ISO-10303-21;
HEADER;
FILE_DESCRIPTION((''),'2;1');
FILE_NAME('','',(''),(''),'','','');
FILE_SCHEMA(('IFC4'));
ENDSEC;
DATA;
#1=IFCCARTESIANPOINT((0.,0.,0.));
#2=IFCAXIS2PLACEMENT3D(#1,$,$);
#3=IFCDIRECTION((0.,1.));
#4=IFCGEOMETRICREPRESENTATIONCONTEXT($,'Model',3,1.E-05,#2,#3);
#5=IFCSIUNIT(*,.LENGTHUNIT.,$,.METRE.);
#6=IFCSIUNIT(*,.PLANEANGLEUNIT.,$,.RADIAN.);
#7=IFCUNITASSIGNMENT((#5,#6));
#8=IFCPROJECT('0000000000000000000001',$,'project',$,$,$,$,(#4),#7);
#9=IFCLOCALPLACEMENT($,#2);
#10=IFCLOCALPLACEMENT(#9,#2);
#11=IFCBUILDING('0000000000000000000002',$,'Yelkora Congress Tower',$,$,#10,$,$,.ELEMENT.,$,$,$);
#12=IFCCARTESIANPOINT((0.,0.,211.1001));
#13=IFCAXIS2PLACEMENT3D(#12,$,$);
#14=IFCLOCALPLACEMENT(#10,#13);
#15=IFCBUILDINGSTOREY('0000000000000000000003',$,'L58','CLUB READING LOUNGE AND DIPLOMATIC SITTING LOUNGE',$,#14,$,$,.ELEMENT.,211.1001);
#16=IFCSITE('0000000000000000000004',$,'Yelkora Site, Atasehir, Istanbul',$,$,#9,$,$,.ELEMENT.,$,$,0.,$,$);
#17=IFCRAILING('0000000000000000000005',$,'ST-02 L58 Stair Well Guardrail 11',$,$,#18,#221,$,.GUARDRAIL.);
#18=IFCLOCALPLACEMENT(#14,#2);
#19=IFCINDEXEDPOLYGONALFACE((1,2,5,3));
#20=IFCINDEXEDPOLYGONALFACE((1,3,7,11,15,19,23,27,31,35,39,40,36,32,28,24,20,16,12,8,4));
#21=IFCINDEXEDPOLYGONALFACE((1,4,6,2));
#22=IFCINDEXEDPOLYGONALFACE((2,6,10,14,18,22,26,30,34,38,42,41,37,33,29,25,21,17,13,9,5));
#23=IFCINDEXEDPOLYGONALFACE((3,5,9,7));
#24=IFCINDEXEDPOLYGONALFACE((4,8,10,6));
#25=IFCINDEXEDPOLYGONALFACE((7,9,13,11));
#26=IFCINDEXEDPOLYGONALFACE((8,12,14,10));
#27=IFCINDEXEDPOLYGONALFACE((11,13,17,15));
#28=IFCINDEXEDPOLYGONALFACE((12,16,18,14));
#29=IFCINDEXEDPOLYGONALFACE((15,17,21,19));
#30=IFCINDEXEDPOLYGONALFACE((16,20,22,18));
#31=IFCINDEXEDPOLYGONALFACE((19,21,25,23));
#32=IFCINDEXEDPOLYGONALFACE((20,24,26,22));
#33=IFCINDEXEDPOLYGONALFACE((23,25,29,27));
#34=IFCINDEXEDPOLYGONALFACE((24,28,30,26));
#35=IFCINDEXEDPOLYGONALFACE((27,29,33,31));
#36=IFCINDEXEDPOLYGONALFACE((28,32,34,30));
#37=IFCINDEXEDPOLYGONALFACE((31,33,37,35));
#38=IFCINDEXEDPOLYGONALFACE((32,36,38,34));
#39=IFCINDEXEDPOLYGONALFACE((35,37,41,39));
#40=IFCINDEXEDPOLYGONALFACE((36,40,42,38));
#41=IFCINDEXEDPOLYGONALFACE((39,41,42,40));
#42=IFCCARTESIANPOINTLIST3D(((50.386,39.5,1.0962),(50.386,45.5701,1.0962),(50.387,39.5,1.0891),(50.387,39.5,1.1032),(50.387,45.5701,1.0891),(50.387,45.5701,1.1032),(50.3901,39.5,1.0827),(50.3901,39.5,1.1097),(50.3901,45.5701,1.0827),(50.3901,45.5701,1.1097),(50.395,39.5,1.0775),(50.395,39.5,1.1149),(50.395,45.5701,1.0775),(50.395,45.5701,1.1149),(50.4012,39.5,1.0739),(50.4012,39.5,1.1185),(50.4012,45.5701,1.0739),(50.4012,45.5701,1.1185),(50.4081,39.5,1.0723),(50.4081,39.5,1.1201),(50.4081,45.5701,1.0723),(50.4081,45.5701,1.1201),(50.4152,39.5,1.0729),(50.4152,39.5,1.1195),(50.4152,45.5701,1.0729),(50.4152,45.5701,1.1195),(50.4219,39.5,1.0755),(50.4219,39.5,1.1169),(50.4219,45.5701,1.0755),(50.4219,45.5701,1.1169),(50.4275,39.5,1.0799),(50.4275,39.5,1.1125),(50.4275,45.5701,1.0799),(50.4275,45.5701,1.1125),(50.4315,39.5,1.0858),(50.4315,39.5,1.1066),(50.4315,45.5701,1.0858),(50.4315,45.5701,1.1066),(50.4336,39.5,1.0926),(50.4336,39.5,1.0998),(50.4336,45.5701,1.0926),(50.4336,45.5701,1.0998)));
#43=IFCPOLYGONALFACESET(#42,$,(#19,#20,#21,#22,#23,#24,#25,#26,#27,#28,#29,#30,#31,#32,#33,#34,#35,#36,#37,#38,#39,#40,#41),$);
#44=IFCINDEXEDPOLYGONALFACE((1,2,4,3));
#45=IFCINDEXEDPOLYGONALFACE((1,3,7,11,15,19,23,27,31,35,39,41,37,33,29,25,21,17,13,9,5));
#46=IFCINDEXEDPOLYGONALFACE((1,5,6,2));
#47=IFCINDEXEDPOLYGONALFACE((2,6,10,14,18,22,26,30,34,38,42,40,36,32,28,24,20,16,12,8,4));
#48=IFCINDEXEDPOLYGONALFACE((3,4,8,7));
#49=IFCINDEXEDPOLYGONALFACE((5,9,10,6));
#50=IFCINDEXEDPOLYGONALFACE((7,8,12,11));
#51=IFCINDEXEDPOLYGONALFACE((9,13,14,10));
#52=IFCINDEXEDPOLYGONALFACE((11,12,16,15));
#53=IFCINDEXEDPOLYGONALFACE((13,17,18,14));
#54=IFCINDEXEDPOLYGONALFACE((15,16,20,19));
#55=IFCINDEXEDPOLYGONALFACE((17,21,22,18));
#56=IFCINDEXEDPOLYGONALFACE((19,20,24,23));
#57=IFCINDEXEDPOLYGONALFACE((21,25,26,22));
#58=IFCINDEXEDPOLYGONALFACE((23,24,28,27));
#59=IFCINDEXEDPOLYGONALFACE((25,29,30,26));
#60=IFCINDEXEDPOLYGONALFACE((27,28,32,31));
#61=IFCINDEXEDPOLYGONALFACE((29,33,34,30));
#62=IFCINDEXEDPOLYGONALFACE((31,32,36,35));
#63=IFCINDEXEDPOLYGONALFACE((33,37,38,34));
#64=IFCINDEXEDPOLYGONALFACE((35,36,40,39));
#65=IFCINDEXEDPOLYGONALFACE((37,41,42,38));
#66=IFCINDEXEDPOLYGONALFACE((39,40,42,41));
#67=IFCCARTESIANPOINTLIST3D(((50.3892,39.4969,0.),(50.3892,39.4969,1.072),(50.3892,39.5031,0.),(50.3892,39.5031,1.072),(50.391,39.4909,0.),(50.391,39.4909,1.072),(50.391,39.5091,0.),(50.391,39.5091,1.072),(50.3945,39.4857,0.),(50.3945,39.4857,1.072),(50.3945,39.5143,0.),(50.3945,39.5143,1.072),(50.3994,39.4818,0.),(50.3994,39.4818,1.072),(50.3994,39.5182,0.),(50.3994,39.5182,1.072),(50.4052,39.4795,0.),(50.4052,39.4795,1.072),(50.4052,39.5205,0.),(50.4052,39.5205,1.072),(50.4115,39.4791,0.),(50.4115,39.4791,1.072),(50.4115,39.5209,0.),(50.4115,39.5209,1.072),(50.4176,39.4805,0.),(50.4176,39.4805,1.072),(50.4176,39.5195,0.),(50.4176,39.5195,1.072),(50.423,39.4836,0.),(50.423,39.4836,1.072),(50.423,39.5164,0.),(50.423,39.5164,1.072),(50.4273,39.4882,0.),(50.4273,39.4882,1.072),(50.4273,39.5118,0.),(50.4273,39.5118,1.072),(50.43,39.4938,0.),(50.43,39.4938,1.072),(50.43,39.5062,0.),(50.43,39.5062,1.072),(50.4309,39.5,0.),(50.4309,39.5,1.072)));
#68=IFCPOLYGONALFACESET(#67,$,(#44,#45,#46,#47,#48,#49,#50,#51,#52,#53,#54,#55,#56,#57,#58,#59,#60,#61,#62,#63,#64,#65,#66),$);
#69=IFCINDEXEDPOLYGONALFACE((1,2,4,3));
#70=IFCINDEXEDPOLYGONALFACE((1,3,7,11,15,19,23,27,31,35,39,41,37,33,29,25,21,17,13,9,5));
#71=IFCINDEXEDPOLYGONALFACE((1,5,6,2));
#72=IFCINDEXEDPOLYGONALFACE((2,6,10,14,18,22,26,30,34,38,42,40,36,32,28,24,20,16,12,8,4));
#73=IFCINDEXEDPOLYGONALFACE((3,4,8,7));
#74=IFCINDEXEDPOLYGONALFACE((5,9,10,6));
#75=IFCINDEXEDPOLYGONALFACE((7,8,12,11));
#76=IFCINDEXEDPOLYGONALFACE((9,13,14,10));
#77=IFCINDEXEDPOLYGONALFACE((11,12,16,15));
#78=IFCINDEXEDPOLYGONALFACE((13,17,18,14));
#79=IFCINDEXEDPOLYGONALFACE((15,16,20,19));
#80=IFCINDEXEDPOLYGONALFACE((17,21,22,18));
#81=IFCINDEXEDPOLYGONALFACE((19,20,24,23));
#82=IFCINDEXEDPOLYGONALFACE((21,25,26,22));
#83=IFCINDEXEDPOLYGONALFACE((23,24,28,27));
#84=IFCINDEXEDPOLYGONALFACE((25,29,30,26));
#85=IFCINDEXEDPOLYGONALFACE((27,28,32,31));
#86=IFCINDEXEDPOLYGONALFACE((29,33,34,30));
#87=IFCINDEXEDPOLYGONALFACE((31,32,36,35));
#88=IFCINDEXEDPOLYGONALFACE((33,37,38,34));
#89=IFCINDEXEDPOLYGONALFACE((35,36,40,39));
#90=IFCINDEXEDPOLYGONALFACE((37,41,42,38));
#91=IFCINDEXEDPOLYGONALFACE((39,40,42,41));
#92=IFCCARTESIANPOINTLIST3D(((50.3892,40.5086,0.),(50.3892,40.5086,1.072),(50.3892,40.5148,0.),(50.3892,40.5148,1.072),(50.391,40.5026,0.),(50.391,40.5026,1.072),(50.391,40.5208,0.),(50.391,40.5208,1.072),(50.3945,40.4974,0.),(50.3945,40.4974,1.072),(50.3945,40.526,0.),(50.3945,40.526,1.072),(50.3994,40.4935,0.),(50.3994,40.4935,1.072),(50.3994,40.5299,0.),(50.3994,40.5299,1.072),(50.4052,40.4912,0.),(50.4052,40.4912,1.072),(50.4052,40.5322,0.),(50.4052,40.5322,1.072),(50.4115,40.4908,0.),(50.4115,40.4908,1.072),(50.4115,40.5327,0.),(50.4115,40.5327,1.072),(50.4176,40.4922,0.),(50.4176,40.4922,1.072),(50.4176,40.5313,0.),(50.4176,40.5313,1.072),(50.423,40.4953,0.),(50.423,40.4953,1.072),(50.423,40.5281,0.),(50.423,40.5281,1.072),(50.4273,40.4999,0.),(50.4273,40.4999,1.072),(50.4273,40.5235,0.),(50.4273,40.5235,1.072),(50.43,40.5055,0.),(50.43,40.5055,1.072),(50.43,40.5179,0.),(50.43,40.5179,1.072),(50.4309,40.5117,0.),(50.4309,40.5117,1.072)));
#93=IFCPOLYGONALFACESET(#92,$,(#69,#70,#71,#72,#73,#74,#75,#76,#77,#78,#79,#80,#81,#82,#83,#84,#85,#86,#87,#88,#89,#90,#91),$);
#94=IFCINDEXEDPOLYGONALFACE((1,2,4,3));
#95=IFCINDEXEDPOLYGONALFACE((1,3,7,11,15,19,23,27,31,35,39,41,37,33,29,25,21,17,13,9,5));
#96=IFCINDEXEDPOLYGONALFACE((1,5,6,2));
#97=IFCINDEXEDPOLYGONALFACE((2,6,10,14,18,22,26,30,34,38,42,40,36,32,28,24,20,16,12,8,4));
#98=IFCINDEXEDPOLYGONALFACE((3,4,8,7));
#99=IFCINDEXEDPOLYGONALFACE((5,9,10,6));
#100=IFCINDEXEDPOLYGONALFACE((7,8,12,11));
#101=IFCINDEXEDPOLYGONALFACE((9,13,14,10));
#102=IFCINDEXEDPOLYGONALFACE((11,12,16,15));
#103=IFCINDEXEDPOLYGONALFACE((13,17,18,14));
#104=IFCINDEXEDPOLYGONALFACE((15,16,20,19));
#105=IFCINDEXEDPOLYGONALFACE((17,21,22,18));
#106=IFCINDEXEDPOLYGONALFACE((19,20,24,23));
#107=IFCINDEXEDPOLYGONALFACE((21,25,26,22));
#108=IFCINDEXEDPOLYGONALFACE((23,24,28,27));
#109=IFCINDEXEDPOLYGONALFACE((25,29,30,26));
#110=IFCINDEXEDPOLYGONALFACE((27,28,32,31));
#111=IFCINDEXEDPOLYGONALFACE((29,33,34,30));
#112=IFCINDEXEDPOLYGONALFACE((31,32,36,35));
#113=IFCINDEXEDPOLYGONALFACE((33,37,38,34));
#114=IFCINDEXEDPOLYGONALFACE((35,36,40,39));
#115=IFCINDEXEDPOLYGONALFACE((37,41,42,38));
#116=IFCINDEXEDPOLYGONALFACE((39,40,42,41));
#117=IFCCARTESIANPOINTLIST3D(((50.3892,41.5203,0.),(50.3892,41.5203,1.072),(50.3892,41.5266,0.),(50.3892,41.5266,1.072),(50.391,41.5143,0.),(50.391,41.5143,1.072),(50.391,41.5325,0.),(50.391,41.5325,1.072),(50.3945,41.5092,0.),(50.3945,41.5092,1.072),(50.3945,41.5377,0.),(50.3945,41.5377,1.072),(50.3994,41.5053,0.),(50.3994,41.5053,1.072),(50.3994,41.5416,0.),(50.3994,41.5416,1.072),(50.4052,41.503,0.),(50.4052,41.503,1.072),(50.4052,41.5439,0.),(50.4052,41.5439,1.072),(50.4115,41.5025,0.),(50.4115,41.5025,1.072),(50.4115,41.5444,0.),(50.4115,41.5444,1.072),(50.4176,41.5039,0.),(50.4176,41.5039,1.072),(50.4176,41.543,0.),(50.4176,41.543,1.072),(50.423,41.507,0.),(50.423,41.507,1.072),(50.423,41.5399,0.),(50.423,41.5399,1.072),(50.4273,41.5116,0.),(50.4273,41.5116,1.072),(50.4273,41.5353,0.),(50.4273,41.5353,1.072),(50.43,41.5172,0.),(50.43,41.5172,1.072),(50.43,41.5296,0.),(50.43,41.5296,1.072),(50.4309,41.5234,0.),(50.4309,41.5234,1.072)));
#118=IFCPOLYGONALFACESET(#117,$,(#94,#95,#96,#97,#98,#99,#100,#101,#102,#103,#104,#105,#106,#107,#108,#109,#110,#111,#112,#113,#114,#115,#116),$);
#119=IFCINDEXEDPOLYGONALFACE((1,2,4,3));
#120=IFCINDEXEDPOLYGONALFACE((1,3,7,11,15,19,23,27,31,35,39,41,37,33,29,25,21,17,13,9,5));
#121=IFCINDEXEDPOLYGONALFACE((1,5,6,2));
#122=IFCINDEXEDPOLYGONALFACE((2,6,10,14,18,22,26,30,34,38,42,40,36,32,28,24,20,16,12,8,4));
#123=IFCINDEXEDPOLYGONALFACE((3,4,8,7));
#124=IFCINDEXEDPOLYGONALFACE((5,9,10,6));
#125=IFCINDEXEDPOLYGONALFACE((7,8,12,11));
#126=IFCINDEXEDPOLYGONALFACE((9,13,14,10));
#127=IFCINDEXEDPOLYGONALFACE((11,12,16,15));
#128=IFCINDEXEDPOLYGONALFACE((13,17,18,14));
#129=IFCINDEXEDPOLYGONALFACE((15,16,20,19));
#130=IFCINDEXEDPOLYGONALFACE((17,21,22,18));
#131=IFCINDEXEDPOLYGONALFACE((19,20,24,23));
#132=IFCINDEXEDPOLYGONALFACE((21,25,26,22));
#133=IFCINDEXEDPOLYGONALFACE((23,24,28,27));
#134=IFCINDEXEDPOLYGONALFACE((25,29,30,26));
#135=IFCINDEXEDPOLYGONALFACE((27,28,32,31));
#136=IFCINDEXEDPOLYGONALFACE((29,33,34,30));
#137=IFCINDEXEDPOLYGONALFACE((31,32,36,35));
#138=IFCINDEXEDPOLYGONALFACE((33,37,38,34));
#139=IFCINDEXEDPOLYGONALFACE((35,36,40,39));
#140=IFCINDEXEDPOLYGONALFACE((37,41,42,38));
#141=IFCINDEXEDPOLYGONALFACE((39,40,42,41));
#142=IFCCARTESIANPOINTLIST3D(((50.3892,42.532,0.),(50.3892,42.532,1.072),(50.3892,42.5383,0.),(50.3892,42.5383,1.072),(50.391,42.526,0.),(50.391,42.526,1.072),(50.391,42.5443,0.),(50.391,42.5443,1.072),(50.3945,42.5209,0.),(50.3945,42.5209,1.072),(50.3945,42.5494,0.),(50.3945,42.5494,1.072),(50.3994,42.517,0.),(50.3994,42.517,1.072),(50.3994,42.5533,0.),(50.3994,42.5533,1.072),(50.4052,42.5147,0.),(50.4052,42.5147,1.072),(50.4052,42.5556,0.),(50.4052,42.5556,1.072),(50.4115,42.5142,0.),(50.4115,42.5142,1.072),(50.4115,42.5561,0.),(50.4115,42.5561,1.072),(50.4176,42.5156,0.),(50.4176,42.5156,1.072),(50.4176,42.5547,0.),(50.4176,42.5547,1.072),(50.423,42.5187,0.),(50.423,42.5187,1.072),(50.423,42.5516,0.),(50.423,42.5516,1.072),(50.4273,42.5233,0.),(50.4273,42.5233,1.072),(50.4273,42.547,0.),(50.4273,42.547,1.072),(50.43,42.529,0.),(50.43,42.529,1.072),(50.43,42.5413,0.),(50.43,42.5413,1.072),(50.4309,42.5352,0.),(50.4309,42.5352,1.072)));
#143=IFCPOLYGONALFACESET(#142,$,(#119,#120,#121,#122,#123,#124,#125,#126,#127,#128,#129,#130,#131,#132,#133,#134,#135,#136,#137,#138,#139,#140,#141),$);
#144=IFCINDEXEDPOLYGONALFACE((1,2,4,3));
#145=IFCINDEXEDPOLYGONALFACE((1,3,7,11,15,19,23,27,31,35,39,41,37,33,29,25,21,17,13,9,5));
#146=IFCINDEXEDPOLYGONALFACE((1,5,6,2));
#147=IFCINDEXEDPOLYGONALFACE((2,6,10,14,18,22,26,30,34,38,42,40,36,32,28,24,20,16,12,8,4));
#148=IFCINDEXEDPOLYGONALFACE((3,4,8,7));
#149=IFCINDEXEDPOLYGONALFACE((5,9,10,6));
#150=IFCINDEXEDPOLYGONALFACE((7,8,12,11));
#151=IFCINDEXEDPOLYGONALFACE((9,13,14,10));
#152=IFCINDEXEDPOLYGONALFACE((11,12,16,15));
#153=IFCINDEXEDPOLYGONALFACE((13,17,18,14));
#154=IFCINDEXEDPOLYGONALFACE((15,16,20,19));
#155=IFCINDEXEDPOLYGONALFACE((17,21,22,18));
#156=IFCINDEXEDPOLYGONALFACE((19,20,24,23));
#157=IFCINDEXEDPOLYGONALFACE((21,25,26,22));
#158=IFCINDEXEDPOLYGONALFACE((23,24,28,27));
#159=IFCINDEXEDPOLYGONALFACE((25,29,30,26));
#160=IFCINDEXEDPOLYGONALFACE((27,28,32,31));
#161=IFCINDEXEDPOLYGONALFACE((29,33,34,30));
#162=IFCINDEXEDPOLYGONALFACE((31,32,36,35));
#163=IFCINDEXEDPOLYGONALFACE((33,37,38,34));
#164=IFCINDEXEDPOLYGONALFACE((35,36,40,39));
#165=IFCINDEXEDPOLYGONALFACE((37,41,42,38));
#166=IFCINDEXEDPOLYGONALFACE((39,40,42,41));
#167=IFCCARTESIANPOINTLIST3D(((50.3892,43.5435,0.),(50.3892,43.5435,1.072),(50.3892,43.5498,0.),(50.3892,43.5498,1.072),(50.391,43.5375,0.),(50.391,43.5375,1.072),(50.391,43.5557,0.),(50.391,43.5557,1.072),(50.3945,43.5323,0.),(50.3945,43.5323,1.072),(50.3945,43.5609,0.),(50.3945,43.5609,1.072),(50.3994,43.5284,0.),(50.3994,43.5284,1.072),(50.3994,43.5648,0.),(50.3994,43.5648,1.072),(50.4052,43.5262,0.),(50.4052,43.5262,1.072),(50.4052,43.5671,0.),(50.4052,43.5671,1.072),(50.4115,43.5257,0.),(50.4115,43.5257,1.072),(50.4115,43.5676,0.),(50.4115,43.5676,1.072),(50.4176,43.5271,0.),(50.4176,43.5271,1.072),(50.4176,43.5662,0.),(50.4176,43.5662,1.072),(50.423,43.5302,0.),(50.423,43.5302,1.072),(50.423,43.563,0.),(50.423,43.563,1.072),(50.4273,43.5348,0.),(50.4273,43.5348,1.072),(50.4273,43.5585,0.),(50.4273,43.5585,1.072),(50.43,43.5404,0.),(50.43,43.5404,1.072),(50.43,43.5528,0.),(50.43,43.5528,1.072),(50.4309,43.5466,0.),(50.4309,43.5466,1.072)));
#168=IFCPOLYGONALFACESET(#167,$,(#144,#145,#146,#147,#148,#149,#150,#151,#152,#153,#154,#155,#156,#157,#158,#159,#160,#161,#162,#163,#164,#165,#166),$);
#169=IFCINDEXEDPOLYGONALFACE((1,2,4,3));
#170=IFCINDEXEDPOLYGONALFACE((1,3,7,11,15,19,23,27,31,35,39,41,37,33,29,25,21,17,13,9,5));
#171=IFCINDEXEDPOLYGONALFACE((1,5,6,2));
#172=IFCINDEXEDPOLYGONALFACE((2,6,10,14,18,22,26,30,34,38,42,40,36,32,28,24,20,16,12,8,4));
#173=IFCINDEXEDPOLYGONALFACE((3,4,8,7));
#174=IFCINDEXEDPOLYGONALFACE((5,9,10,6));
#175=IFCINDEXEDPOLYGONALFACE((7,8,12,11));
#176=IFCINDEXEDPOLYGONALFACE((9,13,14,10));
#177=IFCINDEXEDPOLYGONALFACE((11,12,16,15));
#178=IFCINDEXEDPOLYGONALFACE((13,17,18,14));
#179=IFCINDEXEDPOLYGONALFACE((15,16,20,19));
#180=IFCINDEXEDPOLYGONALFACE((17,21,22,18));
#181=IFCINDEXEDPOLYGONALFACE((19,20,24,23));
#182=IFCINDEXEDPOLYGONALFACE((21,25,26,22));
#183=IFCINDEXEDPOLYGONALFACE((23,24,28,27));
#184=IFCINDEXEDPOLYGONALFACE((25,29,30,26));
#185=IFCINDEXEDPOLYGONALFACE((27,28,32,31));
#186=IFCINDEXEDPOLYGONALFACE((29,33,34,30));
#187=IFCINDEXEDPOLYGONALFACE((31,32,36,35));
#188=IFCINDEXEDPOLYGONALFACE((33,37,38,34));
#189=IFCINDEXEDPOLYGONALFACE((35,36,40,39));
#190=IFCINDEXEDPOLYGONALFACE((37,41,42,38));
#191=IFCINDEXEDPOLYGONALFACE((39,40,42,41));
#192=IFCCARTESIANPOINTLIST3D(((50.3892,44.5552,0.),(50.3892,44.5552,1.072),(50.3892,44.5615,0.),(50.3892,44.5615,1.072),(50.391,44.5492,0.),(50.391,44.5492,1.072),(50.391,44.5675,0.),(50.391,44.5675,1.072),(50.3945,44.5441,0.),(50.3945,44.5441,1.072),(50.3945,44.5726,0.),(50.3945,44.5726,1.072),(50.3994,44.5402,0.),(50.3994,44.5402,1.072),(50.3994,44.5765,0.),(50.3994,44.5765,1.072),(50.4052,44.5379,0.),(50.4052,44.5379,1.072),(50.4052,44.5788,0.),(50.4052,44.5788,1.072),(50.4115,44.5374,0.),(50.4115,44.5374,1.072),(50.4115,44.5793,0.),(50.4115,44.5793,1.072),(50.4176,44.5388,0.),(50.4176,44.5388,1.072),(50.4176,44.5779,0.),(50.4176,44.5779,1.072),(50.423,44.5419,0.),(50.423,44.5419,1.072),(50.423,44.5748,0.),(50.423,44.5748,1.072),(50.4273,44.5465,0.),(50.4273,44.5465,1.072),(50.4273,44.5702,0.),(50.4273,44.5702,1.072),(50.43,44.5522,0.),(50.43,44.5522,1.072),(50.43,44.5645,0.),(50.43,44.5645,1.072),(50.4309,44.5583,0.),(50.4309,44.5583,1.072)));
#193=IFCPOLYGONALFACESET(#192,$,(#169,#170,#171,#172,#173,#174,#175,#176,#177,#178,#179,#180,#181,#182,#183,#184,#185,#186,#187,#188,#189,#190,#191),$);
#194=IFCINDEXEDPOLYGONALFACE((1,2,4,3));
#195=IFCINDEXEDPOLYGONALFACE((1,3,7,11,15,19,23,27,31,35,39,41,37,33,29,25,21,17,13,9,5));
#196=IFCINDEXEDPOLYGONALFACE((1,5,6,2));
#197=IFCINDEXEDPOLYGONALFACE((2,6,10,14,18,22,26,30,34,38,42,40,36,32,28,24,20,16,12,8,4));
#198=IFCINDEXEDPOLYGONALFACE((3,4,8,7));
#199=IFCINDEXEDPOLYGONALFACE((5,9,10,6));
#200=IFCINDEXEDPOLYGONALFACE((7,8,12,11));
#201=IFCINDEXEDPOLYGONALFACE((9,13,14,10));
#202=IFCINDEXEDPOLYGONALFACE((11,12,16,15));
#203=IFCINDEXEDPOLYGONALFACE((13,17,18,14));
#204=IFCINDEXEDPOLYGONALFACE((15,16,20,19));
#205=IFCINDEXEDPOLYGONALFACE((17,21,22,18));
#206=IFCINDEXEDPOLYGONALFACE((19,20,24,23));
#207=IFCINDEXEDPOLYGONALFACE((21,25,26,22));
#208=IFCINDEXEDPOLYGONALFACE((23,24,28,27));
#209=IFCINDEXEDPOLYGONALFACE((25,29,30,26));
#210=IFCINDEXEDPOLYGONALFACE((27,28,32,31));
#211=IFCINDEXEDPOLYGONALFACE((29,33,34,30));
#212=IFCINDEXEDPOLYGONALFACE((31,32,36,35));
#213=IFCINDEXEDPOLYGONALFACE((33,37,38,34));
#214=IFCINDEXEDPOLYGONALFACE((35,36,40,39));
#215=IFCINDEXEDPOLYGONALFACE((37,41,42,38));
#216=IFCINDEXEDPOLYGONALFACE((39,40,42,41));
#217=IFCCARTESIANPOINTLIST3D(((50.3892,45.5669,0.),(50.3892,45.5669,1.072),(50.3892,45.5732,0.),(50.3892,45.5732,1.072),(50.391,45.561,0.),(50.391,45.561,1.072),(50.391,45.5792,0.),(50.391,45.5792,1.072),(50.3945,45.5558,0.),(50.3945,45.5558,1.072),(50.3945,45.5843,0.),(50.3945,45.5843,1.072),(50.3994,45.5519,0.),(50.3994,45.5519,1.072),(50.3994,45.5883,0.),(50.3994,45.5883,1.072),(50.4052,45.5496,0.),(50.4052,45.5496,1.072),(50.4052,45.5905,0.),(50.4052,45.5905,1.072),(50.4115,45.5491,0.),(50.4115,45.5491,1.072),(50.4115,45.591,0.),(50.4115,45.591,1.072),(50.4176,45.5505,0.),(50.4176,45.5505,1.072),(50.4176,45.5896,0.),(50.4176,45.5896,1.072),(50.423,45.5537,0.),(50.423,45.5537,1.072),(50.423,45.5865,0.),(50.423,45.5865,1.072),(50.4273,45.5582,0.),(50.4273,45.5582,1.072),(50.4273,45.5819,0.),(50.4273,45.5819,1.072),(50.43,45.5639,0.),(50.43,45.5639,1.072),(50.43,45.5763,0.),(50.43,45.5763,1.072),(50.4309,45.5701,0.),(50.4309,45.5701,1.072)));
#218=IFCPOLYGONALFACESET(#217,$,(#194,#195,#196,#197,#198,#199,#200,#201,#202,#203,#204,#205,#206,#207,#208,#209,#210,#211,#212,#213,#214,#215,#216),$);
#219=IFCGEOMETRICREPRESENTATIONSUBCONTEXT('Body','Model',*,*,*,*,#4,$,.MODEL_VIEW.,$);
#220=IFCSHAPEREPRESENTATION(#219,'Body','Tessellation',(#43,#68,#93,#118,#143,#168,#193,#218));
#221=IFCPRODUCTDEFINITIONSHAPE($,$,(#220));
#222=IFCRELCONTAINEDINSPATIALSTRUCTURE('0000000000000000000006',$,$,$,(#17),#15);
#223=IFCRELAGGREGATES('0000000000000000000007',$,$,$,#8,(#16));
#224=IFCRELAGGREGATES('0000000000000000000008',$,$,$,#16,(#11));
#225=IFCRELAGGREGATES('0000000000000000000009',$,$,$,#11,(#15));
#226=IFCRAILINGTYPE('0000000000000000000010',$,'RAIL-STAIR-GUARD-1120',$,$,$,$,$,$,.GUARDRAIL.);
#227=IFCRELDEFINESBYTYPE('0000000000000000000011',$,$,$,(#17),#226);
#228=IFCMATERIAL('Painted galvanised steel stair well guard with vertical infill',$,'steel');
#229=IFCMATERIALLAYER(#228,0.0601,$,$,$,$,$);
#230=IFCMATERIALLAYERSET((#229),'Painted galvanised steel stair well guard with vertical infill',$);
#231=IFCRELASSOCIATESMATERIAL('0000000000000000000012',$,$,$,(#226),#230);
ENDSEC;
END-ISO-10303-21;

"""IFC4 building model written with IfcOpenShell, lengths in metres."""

from ifc_helpers import new_model, si_unit, direction, frame, origin, origin_2d, place, context, subcontext, project, spatial, circle, extrude, material, layer, layer_set, type_object, element, save


model = new_model("IFC4")

# Units and contexts
model_context = context("Model", 3, precision=1e-05, world=origin(), true_north=direction((0.0, 1.0)))
body_context = subcontext(model_context, "Body", "Model", "MODEL_VIEW")
ifc_project = project(units=[si_unit("LENGTHUNIT", "METRE"), si_unit("PLANEANGLEUNIT", "RADIAN")], contexts=[model_context])

# Site, building, storey
site_placement = place(None, origin())
site = spatial("IfcSite", under=ifc_project, at=site_placement, Name="Yelkora Site, Atasehir, Istanbul", CompositionType="ELEMENT", RefElevation=0.0)
building_placement = place(site_placement, origin())
building = spatial("IfcBuilding", under=site, at=building_placement, Name="Yelkora Congress Tower", CompositionType="ELEMENT")
storey_placement = place(building_placement, frame((0.0, 0.0, 211.1001)))
storey = spatial("IfcBuildingStorey", under=building, at=storey_placement, Name="L58", Description="CLUB READING LOUNGE AND DIPLOMATIC SITTING LOUNGE", CompositionType="ELEMENT", Elevation=211.1001)

# Railing
ifc_material_1 = material(Name="Painted galvanised steel stair well guard with vertical infill", Category="steel")
ifc_layer_1 = layer(ifc_material_1, 0.0601)
ifc_layer_set_1 = layer_set([ifc_layer_1], Name="Painted galvanised steel stair well guard with vertical infill")
railing_type_1 = type_object("IfcRailingType", Name="RAIL-STAIR-GUARD-1120", PredefinedType="GUARDRAIL", material=ifc_layer_set_1)
railing_1_placement = place(storey_placement, frame((50.4099, 39.5, 0.0)))
element("IfcRailing", 1, at=railing_1_placement, inside=storey, type_object=railing_type_1, Name="ST-02 L58 Stair Well Guardrail 11", PredefinedType="GUARDRAIL", context=body_context, shape_type="SweptSolid", body=[
    extrude(circle(Radius=0.0239, at=origin_2d()), frame((0.0, 0.0, 1.0962), z_axis=(0.0, 1.0, 0.0), x_axis=(-1.0, 0.0, 0.0)), (0.0, 0.0, 1.0), 6.0701),
    extrude(circle(Radius=0.021, at=origin_2d()), origin(), (0.0, 0.0, 1.0), 1.072),
    extrude(circle(Radius=0.021, at=origin_2d()), frame((0.0, 1.0117, 0.0)), (0.0, 0.0, 1.0), 1.072),
    extrude(circle(Radius=0.021, at=origin_2d()), frame((0.0, 2.0234, 0.0)), (0.0, 0.0, 1.0), 1.072),
    extrude(circle(Radius=0.021, at=origin_2d()), frame((0.0, 3.0352, 0.0)), (0.0, 0.0, 1.0), 1.072),
    extrude(circle(Radius=0.021, at=origin_2d()), frame((0.0, 4.0466, 0.0)), (0.0, 0.0, 1.0), 1.072),
    extrude(circle(Radius=0.021, at=origin_2d()), frame((0.0, 5.0583, 0.0)), (0.0, 0.0, 1.0), 1.072),
    extrude(circle(Radius=0.021, at=origin_2d()), frame((0.0, 6.0701, 0.0)), (0.0, 0.0, 1.0), 1.072),
])

save(model, "model.ifc")
